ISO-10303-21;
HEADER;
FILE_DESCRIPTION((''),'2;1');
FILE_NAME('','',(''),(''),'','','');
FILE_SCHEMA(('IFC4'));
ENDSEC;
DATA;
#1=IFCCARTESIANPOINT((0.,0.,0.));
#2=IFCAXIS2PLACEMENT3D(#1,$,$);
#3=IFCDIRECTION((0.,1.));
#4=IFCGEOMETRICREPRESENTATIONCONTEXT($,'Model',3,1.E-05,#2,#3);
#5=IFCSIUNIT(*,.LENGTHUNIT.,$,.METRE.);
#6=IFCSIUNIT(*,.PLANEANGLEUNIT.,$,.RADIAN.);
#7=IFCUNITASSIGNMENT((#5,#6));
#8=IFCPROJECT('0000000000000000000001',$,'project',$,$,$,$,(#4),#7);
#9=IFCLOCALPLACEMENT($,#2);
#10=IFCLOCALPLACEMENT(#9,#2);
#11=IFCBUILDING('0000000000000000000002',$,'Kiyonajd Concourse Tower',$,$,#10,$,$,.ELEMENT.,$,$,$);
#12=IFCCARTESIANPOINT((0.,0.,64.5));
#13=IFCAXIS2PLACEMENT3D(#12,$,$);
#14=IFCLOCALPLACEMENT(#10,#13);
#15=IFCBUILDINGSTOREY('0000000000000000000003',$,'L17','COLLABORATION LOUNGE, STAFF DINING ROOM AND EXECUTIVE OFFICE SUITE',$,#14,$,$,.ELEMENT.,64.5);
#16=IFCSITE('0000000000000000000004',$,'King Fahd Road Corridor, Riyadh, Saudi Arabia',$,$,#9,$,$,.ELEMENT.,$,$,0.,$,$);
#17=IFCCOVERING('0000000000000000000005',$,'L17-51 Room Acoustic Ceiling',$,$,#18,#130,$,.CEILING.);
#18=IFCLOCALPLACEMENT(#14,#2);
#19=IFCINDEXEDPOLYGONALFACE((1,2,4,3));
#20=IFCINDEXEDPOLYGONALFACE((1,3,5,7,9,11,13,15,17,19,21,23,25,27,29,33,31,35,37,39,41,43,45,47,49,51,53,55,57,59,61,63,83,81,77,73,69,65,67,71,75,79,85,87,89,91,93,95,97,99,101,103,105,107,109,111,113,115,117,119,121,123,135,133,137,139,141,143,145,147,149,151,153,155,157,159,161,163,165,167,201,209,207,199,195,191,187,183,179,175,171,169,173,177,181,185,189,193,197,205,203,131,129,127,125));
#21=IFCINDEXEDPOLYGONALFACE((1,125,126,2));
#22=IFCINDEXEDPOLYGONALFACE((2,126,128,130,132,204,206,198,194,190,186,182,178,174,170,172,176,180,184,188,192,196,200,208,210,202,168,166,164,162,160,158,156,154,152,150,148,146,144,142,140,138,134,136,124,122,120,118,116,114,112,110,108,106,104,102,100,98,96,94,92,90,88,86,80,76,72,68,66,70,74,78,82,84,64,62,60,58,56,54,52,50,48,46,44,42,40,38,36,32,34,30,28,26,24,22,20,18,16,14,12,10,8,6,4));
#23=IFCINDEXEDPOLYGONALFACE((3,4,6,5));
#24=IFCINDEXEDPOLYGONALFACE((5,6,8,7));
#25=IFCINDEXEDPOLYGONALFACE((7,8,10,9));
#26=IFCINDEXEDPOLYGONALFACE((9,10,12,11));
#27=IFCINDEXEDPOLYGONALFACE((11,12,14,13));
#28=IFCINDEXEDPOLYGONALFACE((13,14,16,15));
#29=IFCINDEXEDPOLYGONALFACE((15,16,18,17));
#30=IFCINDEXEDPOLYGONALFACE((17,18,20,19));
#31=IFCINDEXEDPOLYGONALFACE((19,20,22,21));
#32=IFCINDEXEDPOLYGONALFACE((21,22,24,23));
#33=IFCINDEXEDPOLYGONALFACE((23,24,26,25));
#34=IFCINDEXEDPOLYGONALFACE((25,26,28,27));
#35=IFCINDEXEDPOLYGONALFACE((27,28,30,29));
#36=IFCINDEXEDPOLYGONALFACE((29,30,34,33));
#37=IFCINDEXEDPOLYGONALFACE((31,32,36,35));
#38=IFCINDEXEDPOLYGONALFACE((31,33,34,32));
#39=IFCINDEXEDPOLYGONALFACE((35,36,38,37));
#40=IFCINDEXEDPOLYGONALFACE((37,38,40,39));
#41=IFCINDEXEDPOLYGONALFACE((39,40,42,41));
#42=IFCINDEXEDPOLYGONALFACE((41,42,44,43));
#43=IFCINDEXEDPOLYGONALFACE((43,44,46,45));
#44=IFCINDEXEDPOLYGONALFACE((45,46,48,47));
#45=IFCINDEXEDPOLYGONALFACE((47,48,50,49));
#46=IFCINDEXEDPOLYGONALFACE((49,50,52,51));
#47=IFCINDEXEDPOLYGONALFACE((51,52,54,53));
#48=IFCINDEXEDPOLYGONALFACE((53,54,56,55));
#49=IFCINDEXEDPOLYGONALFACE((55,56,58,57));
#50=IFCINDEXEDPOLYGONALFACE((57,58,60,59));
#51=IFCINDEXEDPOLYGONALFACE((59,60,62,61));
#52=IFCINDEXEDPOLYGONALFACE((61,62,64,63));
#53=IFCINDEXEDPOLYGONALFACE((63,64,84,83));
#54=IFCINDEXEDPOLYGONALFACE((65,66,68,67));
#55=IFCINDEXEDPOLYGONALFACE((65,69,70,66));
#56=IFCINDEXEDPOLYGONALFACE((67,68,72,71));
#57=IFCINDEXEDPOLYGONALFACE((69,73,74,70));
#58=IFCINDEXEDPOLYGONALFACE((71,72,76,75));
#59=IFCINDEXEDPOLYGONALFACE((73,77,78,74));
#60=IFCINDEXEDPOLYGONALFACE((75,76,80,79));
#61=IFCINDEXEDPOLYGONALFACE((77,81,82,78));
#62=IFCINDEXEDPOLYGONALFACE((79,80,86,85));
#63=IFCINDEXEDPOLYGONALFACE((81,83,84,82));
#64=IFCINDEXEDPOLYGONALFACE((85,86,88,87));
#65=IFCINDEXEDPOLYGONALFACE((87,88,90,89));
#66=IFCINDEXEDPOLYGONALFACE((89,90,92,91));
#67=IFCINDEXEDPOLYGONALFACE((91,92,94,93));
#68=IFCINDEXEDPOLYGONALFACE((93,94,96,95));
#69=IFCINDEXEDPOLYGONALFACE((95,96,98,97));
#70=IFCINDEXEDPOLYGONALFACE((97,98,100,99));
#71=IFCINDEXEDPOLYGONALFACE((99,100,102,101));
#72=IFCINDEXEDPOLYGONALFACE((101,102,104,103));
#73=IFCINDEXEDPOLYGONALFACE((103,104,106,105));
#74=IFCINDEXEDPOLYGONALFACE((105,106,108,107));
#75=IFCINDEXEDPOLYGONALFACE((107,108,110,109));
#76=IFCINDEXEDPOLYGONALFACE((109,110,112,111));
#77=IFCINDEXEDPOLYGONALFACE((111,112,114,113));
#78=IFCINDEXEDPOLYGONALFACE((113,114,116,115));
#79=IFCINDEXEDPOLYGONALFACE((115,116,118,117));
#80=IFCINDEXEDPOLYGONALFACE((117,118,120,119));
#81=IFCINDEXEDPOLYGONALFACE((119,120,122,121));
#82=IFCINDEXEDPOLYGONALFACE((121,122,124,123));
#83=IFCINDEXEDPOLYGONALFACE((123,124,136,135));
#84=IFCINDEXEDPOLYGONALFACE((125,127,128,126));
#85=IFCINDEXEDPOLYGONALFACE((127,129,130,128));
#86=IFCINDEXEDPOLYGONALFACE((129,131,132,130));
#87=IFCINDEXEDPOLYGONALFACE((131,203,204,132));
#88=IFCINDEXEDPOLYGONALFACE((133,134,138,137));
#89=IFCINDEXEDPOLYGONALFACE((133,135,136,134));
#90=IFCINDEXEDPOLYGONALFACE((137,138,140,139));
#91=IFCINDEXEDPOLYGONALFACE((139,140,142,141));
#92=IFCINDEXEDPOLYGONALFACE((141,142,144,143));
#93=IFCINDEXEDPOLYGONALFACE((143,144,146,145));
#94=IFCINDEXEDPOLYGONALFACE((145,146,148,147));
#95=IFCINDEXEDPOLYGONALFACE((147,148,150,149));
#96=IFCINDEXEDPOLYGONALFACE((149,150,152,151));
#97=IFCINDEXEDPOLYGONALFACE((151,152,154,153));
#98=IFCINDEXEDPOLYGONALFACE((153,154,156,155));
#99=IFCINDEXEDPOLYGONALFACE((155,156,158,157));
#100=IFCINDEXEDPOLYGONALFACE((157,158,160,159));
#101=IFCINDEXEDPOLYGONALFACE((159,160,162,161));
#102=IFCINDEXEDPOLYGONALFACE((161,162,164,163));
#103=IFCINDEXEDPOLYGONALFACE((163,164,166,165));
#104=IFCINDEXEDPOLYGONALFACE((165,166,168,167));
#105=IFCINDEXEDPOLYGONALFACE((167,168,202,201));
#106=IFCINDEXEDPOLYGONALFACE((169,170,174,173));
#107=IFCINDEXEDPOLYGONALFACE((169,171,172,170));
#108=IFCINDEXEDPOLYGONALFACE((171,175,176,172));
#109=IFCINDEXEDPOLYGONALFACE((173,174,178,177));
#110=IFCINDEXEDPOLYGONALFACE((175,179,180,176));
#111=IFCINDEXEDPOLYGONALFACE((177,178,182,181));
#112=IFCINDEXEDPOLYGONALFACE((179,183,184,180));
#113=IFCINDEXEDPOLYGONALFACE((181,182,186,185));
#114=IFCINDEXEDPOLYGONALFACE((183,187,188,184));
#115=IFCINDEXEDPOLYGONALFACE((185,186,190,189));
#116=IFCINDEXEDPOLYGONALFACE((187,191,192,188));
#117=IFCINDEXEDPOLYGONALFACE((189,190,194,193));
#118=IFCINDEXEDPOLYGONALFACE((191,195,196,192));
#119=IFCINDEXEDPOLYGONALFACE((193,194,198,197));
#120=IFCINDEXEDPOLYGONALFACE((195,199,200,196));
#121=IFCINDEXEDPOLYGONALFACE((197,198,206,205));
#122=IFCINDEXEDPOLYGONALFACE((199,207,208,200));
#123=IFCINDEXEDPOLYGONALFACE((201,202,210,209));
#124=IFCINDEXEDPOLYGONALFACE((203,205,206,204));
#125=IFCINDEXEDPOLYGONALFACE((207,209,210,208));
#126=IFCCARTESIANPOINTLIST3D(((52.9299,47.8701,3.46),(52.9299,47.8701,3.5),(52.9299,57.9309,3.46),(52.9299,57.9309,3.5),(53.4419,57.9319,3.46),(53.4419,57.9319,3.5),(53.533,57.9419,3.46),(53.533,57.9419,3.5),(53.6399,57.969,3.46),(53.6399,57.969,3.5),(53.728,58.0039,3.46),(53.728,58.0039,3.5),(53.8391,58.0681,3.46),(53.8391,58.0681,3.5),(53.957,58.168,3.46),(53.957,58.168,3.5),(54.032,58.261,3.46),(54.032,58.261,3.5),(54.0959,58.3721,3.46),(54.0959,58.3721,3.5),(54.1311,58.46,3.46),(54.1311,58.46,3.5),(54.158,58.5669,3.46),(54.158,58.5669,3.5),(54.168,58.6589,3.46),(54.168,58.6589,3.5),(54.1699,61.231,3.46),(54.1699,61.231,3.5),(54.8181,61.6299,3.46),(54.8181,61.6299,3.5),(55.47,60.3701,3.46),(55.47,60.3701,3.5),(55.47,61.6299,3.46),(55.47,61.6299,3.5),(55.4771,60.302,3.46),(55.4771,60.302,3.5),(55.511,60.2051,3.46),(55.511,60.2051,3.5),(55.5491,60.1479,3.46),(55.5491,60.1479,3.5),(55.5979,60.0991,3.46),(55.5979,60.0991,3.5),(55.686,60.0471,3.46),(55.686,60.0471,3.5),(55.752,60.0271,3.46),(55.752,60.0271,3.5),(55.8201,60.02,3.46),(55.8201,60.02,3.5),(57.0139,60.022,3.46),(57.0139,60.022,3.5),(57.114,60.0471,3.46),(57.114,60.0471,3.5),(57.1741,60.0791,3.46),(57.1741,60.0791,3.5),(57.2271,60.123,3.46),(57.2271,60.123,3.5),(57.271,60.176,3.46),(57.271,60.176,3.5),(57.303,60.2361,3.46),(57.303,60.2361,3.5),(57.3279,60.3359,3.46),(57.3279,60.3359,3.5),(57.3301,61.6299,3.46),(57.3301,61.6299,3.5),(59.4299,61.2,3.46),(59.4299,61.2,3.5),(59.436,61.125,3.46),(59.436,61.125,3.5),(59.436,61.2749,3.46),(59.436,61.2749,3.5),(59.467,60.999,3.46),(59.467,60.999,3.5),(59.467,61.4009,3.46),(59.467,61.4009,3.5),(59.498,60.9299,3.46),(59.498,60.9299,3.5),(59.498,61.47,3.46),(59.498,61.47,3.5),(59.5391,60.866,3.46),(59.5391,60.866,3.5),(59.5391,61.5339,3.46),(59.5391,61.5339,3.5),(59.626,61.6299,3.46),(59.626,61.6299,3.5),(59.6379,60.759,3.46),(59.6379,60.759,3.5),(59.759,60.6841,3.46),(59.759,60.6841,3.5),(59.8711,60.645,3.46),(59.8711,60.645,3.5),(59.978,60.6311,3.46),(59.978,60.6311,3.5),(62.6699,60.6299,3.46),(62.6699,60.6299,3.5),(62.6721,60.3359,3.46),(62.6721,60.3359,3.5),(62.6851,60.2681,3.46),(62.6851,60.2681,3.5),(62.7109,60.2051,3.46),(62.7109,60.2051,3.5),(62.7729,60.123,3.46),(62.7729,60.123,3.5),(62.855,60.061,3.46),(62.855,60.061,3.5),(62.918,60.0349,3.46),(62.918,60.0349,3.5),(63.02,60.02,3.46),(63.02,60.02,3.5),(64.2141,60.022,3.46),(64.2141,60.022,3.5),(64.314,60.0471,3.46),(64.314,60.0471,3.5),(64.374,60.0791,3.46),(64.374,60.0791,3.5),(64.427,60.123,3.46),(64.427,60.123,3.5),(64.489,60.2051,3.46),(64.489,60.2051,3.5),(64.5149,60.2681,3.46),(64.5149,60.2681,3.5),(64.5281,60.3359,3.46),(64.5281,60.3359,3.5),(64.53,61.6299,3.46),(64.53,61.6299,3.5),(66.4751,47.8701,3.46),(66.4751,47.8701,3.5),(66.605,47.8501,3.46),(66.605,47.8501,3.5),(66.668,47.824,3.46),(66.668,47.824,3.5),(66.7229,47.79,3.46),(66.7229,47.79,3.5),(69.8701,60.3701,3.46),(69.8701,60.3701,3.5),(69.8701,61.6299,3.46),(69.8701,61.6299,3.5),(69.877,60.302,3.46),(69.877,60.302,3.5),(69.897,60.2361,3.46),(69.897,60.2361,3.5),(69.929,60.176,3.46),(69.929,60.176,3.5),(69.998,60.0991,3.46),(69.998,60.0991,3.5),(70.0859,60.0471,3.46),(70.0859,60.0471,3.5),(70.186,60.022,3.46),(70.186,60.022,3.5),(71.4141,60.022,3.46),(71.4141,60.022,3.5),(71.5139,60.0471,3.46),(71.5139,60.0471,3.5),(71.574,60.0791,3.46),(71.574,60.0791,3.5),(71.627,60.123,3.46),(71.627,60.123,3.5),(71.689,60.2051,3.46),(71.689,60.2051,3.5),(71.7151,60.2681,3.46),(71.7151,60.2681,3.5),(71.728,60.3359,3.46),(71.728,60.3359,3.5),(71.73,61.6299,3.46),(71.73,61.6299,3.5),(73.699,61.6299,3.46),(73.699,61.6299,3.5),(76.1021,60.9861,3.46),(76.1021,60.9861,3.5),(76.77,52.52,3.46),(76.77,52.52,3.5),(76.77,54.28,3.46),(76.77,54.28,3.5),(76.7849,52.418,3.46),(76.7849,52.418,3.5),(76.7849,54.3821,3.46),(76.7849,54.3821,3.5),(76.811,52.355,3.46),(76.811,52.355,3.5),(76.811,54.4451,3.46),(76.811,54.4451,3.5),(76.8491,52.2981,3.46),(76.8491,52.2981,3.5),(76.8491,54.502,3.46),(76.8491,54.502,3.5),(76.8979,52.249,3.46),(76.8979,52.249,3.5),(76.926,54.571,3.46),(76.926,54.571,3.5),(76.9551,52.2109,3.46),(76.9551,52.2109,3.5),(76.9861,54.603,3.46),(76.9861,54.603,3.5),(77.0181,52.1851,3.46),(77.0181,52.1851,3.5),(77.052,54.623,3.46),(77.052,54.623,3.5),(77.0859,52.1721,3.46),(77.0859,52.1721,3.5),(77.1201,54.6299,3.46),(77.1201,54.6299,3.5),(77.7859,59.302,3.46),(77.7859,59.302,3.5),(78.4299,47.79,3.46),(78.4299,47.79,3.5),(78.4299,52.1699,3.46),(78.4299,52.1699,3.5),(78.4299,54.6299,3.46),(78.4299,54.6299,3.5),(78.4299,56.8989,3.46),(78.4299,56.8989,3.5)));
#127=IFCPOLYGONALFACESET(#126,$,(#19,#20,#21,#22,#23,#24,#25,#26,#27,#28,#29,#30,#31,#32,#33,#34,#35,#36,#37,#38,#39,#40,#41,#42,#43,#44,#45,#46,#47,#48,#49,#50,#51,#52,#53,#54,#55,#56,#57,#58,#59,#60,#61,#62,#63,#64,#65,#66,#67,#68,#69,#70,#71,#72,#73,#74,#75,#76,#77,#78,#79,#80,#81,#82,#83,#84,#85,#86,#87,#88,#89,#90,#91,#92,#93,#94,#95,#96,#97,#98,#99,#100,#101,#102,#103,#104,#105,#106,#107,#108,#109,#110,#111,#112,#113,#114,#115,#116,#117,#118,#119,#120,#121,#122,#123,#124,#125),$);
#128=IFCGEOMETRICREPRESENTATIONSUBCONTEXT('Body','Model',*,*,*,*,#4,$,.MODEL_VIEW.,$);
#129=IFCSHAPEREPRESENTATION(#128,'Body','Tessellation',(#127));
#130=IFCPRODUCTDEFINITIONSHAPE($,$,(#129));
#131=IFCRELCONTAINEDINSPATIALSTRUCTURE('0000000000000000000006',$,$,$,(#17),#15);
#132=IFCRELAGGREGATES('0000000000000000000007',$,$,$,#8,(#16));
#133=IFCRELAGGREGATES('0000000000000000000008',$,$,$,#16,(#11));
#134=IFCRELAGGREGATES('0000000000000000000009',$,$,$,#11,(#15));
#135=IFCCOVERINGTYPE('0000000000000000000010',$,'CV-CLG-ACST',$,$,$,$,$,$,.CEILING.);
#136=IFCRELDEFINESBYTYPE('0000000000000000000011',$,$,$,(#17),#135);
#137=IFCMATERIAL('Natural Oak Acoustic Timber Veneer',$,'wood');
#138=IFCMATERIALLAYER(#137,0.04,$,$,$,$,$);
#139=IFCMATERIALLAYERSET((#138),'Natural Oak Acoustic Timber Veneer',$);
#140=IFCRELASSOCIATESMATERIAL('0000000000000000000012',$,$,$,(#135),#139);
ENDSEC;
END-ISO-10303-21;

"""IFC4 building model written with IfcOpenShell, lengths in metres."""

from ifc_helpers import new_model, si_unit, direction, frame, origin, place, context, subcontext, project, spatial, polyline, outline, extrude, material, layer, layer_set, type_object, element, save


model = new_model("IFC4")

# Units and contexts
model_context = context("Model", 3, precision=1e-05, world=origin(), true_north=direction((0.0, 1.0)))
body_context = subcontext(model_context, "Body", "Model", "MODEL_VIEW")
ifc_project = project(units=[si_unit("LENGTHUNIT", "METRE"), si_unit("PLANEANGLEUNIT", "RADIAN")], contexts=[model_context])

# Site, building, storey
site_placement = place(None, origin())
site = spatial("IfcSite", under=ifc_project, at=site_placement, Name="King Fahd Road Corridor, Riyadh, Saudi Arabia", CompositionType="ELEMENT", RefElevation=0.0)
building_placement = place(site_placement, origin())
building = spatial("IfcBuilding", under=site, at=building_placement, Name="Kiyonajd Concourse Tower", CompositionType="ELEMENT")
storey_placement = place(building_placement, frame((0.0, 0.0, 64.5)))
storey = spatial("IfcBuildingStorey", under=building, at=storey_placement, Name="L17", Description="COLLABORATION LOUNGE, STAFF DINING ROOM AND EXECUTIVE OFFICE SUITE", CompositionType="ELEMENT", Elevation=64.5)

# Covering
ifc_material_1 = material(Name="Natural Oak Acoustic Timber Veneer", Category="wood")
ifc_layer_1 = layer(ifc_material_1, 0.04)
ifc_layer_set_1 = layer_set([ifc_layer_1], Name="Natural Oak Acoustic Timber Veneer")
covering_type = type_object("IfcCoveringType", Name="CV-CLG-ACST", PredefinedType="CEILING", material=ifc_layer_set_1)
covering_1_placement = place(storey_placement, frame((0.0, 0.0, 3.46)))
element("IfcCovering", 1, at=covering_1_placement, inside=storey, type_object=covering_type, Name="L17-51 Room Acoustic Ceiling", PredefinedType="CEILING", context=body_context, shape_type="SweptSolid", body=[
    extrude(outline(polyline([(53.533, 57.9419), (53.6399, 57.969), (53.728, 58.0039), (53.8391, 58.0681), (53.957, 58.168), (54.032, 58.261), (54.0959, 58.3721), (54.1311, 58.46), (54.158, 58.5669), (54.168, 58.6589), (54.1699, 61.231), (54.8181, 61.6299), (55.47, 61.6299), (55.47, 60.3701), (55.4771, 60.302), (55.511, 60.2051), (55.5491, 60.1479), (55.5979, 60.0991), (55.686, 60.0471), (55.752, 60.0271), (55.8201, 60.02), (57.0139, 60.022), (57.114, 60.0471), (57.1741, 60.0791), (57.2271, 60.123), (57.271, 60.176), (57.303, 60.2361), (57.3279, 60.3359), (57.3301, 61.6299), (59.626, 61.6299), (59.5391, 61.5339), (59.498, 61.47), (59.467, 61.4009), (59.436, 61.2749), (59.4299, 61.2), (59.436, 61.125), (59.467, 60.999), (59.498, 60.9299), (59.5391, 60.866), (59.6379, 60.759), (59.759, 60.6841), (59.8711, 60.645), (59.978, 60.6311), (62.6699, 60.6299), (62.6721, 60.3359), (62.6851, 60.2681), (62.7109, 60.2051), (62.7729, 60.123), (62.855, 60.061), (62.918, 60.0349), (63.02, 60.02), (64.2141, 60.022), (64.314, 60.0471), (64.374, 60.0791), (64.427, 60.123), (64.489, 60.2051), (64.5149, 60.2681), (64.5281, 60.3359), (64.53, 61.6299), (69.8701, 61.6299), (69.8701, 60.3701), (69.877, 60.302), (69.897, 60.2361), (69.929, 60.176), (69.998, 60.0991), (70.0859, 60.0471), (70.186, 60.022), (71.4141, 60.022), (71.5139, 60.0471), (71.574, 60.0791), (71.627, 60.123), (71.689, 60.2051), (71.7151, 60.2681), (71.728, 60.3359), (71.73, 61.6299), (73.699, 61.6299), (76.1021, 60.9861), (77.7859, 59.302), (78.4299, 56.8989), (78.4299, 54.6299), (77.1201, 54.6299), (77.052, 54.623), (76.9861, 54.603), (76.926, 54.571), (76.8491, 54.502), (76.811, 54.4451), (76.7849, 54.3821), (76.77, 54.28), (76.77, 52.52), (76.7849, 52.418), (76.811, 52.355), (76.8491, 52.2981), (76.8979, 52.249), (76.9551, 52.2109), (77.0181, 52.1851), (77.0859, 52.1721), (78.4299, 52.1699), (78.4299, 47.79), (66.7229, 47.79), (66.668, 47.824), (66.605, 47.8501), (66.4751, 47.8701), (52.9299, 47.8701), (52.9299, 57.9309), (53.4419, 57.9319), (53.533, 57.9419)])), origin(), (0.0, 0.0, 1.0), 0.04),
])

save(model, "model.ifc")
